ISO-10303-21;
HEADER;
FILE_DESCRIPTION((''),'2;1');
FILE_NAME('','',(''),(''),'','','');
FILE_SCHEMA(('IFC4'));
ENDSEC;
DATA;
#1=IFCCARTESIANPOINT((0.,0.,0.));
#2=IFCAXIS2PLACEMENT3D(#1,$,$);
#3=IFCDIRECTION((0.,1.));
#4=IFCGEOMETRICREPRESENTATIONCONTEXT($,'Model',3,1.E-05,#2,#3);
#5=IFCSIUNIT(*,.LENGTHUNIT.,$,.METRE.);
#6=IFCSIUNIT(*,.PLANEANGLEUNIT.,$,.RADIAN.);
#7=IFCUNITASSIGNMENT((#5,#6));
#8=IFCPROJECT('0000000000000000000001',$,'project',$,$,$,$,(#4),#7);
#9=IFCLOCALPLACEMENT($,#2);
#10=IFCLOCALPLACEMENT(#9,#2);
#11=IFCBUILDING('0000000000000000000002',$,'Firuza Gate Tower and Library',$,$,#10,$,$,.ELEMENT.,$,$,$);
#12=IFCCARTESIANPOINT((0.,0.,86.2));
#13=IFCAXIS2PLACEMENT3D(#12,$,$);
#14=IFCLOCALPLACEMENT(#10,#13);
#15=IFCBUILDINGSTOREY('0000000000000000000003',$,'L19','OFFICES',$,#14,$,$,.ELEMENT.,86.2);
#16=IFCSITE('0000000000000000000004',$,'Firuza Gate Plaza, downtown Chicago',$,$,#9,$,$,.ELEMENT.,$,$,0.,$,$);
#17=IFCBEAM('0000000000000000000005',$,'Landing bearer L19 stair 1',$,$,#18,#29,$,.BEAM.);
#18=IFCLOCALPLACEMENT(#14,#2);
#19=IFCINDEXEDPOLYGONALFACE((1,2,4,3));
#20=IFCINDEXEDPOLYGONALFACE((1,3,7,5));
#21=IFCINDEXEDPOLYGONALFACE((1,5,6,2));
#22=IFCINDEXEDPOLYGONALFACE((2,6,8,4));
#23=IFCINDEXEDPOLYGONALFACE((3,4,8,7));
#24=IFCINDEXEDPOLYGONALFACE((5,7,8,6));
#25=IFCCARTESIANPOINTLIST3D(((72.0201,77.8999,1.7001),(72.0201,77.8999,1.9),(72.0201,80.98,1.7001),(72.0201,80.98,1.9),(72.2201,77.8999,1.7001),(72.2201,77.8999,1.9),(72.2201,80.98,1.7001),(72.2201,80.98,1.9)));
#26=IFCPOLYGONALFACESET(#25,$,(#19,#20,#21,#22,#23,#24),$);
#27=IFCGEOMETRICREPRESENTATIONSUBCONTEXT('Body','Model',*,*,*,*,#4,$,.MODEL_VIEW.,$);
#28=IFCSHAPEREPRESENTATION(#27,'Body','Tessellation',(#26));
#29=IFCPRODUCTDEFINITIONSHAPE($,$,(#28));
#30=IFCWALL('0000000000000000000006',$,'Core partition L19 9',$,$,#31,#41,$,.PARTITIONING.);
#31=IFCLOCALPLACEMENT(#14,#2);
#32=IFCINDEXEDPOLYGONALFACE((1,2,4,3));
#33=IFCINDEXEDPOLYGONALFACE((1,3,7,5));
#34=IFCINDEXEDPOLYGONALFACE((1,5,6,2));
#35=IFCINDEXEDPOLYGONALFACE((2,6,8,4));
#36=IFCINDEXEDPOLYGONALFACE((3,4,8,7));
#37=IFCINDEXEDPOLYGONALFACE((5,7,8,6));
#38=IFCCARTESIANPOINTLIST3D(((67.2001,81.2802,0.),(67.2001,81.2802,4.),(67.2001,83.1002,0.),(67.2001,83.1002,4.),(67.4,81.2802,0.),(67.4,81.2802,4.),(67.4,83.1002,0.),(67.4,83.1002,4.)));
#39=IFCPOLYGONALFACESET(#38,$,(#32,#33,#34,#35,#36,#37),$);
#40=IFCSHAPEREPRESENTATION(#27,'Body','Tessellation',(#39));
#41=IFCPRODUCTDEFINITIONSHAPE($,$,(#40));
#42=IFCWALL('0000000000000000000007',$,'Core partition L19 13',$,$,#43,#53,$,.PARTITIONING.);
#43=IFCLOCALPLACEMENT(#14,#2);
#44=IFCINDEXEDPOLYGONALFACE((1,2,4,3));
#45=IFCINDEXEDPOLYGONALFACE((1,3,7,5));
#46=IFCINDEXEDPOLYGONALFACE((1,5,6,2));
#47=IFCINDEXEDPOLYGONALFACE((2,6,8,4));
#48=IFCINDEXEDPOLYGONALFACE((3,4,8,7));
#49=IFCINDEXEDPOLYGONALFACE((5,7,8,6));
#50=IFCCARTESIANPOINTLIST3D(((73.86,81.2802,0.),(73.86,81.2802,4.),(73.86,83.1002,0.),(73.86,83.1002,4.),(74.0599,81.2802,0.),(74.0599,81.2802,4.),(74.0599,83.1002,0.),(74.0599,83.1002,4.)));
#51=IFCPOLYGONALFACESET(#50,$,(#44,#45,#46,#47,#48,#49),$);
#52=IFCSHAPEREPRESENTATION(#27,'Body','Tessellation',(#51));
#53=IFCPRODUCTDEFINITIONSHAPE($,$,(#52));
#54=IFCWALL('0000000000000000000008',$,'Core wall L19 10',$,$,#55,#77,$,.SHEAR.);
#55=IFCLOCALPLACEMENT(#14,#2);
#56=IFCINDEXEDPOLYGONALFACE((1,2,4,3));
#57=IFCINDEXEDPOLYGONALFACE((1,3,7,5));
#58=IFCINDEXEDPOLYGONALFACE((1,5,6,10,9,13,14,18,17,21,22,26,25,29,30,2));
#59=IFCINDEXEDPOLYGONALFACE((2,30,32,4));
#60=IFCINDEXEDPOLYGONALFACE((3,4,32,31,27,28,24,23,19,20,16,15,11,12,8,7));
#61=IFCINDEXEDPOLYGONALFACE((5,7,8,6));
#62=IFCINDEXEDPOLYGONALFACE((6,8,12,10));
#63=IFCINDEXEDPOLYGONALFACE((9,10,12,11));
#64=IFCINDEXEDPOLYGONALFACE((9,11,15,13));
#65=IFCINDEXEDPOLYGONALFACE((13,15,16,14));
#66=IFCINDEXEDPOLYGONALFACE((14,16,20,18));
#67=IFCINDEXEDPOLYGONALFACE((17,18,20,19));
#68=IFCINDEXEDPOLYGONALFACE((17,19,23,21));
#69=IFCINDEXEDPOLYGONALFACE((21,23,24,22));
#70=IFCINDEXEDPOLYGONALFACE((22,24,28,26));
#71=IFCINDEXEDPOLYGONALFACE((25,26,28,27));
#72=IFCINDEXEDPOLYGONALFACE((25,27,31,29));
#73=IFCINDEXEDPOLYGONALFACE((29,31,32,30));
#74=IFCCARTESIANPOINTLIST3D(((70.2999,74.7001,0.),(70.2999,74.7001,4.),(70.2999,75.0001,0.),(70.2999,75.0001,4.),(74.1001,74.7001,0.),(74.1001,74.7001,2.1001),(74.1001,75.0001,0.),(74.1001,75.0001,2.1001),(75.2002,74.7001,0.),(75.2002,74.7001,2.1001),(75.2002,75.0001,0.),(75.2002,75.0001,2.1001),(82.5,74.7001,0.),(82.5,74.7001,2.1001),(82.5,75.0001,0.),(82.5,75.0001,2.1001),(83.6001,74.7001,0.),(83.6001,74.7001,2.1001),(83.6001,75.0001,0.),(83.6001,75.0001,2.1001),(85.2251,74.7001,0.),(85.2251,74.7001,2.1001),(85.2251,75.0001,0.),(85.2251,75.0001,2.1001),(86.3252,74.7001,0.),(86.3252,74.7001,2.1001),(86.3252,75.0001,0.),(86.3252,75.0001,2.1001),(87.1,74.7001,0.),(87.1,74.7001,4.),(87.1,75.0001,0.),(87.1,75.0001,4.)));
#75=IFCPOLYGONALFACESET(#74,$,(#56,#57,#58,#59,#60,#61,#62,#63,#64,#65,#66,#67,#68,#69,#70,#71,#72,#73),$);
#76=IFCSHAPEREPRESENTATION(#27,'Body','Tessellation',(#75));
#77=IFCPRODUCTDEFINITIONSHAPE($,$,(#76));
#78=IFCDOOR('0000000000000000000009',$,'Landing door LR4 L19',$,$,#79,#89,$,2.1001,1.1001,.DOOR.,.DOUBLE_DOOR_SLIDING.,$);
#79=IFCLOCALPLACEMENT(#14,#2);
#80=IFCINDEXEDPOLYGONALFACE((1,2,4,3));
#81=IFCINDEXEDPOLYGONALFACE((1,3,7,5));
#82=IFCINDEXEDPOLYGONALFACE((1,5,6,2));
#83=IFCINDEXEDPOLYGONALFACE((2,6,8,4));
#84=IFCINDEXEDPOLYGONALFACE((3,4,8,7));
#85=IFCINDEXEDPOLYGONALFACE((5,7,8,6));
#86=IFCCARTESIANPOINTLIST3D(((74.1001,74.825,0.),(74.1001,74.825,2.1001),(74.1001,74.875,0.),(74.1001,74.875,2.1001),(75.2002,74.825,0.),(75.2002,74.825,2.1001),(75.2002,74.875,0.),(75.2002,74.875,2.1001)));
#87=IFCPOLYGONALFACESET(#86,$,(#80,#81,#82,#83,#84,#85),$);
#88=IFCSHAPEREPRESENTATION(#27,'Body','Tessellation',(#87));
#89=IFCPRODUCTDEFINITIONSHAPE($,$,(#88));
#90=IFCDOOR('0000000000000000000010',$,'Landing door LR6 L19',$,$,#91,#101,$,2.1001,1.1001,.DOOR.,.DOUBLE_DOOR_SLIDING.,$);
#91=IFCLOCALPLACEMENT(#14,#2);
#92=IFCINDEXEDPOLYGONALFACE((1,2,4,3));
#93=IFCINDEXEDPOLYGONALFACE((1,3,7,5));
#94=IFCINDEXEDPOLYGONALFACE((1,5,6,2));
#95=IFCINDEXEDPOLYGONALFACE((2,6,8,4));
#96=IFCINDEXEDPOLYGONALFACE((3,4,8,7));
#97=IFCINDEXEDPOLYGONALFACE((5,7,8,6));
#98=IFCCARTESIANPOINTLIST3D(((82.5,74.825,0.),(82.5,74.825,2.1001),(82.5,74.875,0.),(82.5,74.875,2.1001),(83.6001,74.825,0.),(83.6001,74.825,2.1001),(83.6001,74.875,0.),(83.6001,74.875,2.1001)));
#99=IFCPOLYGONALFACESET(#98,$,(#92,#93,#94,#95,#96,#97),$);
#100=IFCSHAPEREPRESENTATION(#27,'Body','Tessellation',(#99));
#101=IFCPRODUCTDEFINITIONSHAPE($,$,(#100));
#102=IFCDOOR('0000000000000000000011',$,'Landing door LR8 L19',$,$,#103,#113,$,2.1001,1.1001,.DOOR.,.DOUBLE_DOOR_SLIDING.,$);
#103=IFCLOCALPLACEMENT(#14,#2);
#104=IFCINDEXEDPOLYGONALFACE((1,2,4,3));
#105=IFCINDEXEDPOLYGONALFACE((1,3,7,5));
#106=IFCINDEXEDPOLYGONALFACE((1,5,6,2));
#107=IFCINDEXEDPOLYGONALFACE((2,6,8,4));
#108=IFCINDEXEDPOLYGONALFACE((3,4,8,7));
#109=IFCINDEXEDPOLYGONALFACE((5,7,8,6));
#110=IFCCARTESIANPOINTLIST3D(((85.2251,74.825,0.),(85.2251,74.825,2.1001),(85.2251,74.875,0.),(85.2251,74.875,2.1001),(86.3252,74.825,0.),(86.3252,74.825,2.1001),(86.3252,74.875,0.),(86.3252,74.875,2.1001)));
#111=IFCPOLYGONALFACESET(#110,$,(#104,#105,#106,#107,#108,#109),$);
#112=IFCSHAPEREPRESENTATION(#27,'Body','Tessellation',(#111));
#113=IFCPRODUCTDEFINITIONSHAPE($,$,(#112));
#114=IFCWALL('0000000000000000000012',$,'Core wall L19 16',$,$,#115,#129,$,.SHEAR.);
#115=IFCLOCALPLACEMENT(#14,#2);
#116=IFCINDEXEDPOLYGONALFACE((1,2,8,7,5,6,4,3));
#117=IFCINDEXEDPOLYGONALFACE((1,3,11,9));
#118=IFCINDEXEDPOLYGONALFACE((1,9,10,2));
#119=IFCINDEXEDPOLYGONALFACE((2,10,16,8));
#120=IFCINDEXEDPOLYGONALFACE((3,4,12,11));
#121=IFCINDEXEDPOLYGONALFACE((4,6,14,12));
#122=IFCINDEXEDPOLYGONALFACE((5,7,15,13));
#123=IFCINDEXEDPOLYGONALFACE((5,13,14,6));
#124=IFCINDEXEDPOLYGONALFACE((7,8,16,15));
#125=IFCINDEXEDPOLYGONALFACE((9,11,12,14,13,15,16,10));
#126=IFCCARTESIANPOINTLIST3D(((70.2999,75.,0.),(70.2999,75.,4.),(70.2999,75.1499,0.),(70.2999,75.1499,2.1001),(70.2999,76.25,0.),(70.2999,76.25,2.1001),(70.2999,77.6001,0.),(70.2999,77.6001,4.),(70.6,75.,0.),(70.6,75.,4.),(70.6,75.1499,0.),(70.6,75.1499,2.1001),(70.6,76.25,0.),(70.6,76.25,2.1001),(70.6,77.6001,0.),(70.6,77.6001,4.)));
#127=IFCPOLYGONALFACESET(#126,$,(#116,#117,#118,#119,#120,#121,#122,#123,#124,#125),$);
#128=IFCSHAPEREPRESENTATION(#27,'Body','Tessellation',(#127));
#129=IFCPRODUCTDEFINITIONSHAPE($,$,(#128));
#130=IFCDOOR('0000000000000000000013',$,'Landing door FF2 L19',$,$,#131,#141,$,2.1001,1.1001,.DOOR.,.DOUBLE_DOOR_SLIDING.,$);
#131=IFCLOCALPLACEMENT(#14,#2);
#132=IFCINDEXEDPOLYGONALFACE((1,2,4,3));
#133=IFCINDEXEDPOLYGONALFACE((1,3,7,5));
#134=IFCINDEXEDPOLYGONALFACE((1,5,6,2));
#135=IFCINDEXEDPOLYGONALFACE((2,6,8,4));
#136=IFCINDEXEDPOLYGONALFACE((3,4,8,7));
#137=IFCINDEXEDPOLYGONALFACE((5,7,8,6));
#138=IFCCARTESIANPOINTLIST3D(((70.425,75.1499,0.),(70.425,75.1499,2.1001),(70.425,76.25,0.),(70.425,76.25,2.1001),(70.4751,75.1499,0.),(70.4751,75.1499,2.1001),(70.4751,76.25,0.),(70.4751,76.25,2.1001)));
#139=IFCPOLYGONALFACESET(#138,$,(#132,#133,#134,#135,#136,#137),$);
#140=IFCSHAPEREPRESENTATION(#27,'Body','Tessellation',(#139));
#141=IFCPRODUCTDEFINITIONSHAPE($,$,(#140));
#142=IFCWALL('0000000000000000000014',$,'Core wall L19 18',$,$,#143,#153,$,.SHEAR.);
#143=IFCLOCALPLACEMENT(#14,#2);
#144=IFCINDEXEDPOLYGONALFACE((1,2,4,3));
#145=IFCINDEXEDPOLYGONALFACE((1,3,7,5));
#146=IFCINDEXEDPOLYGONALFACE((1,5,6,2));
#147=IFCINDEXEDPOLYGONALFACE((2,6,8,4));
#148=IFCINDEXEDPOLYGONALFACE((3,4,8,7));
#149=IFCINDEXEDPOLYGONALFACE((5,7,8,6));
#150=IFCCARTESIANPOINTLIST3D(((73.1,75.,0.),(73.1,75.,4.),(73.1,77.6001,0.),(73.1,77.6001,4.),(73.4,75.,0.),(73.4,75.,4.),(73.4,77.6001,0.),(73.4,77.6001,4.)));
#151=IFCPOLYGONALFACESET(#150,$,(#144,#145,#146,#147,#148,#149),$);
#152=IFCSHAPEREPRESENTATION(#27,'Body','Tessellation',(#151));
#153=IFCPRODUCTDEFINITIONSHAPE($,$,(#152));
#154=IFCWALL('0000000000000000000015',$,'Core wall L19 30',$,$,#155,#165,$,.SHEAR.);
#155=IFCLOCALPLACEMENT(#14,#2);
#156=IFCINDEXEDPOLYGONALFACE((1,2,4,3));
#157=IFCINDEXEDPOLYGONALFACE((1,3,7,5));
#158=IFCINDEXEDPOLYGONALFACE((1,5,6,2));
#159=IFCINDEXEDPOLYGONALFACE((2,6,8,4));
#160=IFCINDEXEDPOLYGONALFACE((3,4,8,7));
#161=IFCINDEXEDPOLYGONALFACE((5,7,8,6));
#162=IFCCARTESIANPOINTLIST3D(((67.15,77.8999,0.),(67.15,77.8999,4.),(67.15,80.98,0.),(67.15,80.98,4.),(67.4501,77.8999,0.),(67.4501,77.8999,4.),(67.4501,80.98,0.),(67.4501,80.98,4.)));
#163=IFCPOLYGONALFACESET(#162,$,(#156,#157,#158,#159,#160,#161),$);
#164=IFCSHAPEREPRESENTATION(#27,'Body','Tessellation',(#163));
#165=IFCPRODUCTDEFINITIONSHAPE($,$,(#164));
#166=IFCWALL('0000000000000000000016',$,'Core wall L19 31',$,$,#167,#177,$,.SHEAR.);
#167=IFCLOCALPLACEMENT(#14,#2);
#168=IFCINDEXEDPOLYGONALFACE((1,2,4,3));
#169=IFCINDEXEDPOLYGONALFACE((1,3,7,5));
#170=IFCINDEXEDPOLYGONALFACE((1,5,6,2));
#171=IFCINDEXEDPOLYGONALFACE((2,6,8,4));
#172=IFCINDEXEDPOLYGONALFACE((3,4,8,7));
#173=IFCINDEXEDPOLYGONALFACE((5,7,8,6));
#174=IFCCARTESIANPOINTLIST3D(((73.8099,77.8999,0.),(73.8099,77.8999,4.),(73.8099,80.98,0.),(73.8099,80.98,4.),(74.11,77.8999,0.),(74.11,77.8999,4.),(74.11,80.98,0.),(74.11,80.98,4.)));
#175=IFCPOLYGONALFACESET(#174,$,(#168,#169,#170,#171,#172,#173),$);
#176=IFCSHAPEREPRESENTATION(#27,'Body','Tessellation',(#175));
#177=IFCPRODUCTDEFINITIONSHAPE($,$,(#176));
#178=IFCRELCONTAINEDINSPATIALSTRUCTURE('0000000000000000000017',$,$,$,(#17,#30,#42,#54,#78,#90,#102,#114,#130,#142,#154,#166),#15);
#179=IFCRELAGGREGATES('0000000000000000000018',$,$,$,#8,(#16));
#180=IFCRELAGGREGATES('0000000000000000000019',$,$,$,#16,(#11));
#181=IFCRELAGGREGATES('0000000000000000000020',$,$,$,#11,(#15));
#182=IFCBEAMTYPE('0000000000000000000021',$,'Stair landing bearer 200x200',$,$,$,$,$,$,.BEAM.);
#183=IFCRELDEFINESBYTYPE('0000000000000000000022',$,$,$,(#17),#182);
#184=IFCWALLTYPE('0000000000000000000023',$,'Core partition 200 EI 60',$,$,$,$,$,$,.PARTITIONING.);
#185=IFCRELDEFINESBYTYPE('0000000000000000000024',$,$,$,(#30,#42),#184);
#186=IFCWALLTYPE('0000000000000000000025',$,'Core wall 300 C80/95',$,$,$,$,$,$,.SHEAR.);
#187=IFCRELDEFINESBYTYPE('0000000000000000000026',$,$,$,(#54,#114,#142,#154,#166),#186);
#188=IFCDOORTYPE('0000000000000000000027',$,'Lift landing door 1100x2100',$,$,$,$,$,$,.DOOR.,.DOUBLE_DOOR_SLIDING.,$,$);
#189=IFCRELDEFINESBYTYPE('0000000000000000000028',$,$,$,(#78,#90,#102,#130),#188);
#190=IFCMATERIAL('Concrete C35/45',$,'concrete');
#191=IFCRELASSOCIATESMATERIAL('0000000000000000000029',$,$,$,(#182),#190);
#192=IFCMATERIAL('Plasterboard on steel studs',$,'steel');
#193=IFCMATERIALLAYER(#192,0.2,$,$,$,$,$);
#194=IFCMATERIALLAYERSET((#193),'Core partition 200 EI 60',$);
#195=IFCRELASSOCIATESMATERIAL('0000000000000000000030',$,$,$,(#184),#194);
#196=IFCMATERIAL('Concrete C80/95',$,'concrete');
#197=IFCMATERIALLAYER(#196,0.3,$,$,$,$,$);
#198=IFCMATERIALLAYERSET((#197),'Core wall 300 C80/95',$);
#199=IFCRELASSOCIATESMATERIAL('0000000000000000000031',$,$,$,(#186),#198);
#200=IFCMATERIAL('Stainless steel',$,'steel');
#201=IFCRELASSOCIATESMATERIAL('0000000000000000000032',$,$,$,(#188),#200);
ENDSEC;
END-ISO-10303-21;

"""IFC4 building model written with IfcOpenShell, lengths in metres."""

from ifc_helpers import new_model, si_unit, direction, frame, frame_2d, origin, origin_2d, place, context, subcontext, project, spatial, rectangle, extrude, material, layer, layer_set, material_profile, profile_set, type_object, element, fill, save


model = new_model("IFC4")

# Units and contexts
model_context = context("Model", 3, precision=1e-05, world=origin(), true_north=direction((0.0, 1.0)))
body_context = subcontext(model_context, "Body", "Model", "MODEL_VIEW")
ifc_project = project(units=[si_unit("LENGTHUNIT", "METRE"), si_unit("PLANEANGLEUNIT", "RADIAN")], contexts=[model_context])

# Site, building, storey
site_placement = place(None, origin())
site = spatial("IfcSite", under=ifc_project, at=site_placement, Name="Firuza Gate Plaza, downtown Chicago", CompositionType="ELEMENT", RefElevation=0.0)
building_placement = place(site_placement, origin())
building = spatial("IfcBuilding", under=site, at=building_placement, Name="Firuza Gate Tower and Library", CompositionType="ELEMENT")
storey_placement = place(building_placement, frame((0.0, 0.0, 86.2)))
storey = spatial("IfcBuildingStorey", under=building, at=storey_placement, Name="L19", Description="OFFICES", CompositionType="ELEMENT", Elevation=86.2)

# Beam
ifc_material_1 = material(Name="Concrete C35/45", Category="concrete")
ifc_material_profile = material_profile(ifc_material_1, rectangle(XDim=0.2, YDim=0.2, at=origin_2d()))
ifc_profile_set = profile_set([ifc_material_profile], Name="Concrete C35/45")
beam_type = type_object("IfcBeamType", Name="Stair landing bearer 200x200", PredefinedType="BEAM", material=ifc_profile_set)
beam_placement = place(storey_placement, frame((72.1201, 77.8999, 1.8), z_axis=(0.0, 1.0, 0.0), x_axis=(-1.0, 0.0, 0.0)))
element("IfcBeam", 1, at=beam_placement, inside=storey, type_object=beam_type, Name="Landing bearer L19 stair 1", PredefinedType="BEAM", context=body_context, shape_type="SweptSolid", body=[
    extrude(rectangle(XDim=0.2, YDim=0.2, at=origin_2d()), origin(), (0.0, 0.0, 1.0), 3.0801),
])

# Walls
ifc_material_2 = material(Name="Plasterboard on steel studs", Category="steel")
ifc_layer_1 = layer(ifc_material_2, 0.2)
ifc_layer_set_1 = layer_set([ifc_layer_1], Name="Core partition 200 EI 60")
wall_type_1 = type_object("IfcWallType", Name="Core partition 200 EI 60", PredefinedType="PARTITIONING", material=ifc_layer_set_1)
for number, where, z_axis, x_axis, name in (
    (2, (67.3, 81.28, 0.0), (0.0, 0.0, 1.0), (0.0, 1.0, 0.0), "Core partition L19 9"),
    (3, (73.96, 81.28, 0.0), (0.0, 0.0, 1.0), (0.0, 1.0, 0.0), "Core partition L19 13"),
):
    element("IfcWall", number, at=place(storey_placement, frame(where, z_axis=z_axis, x_axis=x_axis)), inside=storey, type_object=wall_type_1, Name=name, PredefinedType="PARTITIONING", context=body_context, shape_type="SweptSolid", body=[
        extrude(rectangle(XDim=1.8201, YDim=0.2, at=frame_2d((0.9102, 0.0))), origin(), (0.0, 0.0, 1.0), 4.0),
    ])

# Wall, openings, doors
ifc_material_3 = material(Name="Concrete C80/95", Category="concrete")
ifc_layer_2 = layer(ifc_material_3, 0.3)
ifc_layer_set_2 = layer_set([ifc_layer_2], Name="Core wall 300 C80/95")
wall_type_2 = type_object("IfcWallType", Name="Core wall 300 C80/95", PredefinedType="SHEAR", material=ifc_layer_set_2)
wall_1_placement = place(storey_placement, frame((70.3, 74.8501, 0.0), z_axis=(0.0, 0.0, 1.0), x_axis=(1.0, 0.0, 0.0)))
wall_1 = element("IfcWall", 4, at=wall_1_placement, inside=storey, type_object=wall_type_2, Name="Core wall L19 10", PredefinedType="SHEAR", context=body_context, shape_type="SweptSolid", body=[
    extrude(rectangle(XDim=16.8, YDim=0.3, at=frame_2d((8.3999, 0.0))), origin(), (0.0, 0.0, 1.0), 4.0),
])
opening_1_placement = place(wall_1_placement, frame((3.8, 0.0, 0.0)))
opening_1 = element("IfcOpeningElement", 5, at=opening_1_placement, cuts=wall_1, PredefinedType="OPENING", context=body_context, shape_type="SweptSolid", body=[
    extrude(rectangle(XDim=1.1001, YDim=2.1001, at=frame_2d((0.55, 1.05))), frame((0.0, 0.1602, 0.0), z_axis=(0.0, -1.0, 0.0), x_axis=(1.0, 0.0, 0.0)), (0.0, 0.0, 1.0), 0.3201),
])
opening_2_placement = place(wall_1_placement, frame((12.2, 0.0, 0.0)))
opening_2 = element("IfcOpeningElement", 6, at=opening_2_placement, cuts=wall_1, PredefinedType="OPENING", context=body_context, shape_type="SweptSolid", body=[
    extrude(rectangle(XDim=1.1001, YDim=2.1001, at=frame_2d((0.55, 1.05))), frame((0.0, 0.1602, 0.0), z_axis=(0.0, -1.0, 0.0), x_axis=(1.0, 0.0, 0.0)), (0.0, 0.0, 1.0), 0.3201),
])
opening_3_placement = place(wall_1_placement, frame((14.925, 0.0, 0.0)))
opening_3 = element("IfcOpeningElement", 7, at=opening_3_placement, cuts=wall_1, PredefinedType="OPENING", context=body_context, shape_type="SweptSolid", body=[
    extrude(rectangle(XDim=1.1001, YDim=2.1001, at=frame_2d((0.55, 1.05))), frame((0.0, 0.1602, 0.0), z_axis=(0.0, -1.0, 0.0), x_axis=(1.0, 0.0, 0.0)), (0.0, 0.0, 1.0), 0.3201),
])
ifc_material_4 = material(Name="Stainless steel", Category="steel")
door_type = type_object("IfcDoorType", Name="Lift landing door 1100x2100", OperationType="DOUBLE_DOOR_SLIDING", PredefinedType="DOOR", material=ifc_material_4)
door_1_placement = place(opening_1_placement, origin())
door_1 = element("IfcDoor", 8, at=door_1_placement, inside=storey, type_object=door_type, Name="Landing door LR4 L19", OperationType="DOUBLE_DOOR_SLIDING", OverallHeight=2.1001, OverallWidth=1.1001, PredefinedType="DOOR", context=body_context, shape_type="SweptSolid", body=[
    extrude(rectangle(XDim=1.1001, YDim=2.1001, at=frame_2d((0.55, 1.05))), frame((0.0, 0.0249, 0.0), z_axis=(0.0, -1.0, 0.0), x_axis=(1.0, 0.0, 0.0)), (0.0, 0.0, 1.0), 0.05),
])
fill(opening_1, door_1)
door_2_placement = place(opening_2_placement, origin())
door_2 = element("IfcDoor", 9, at=door_2_placement, inside=storey, type_object=door_type, Name="Landing door LR6 L19", OperationType="DOUBLE_DOOR_SLIDING", OverallHeight=2.1001, OverallWidth=1.1001, PredefinedType="DOOR", context=body_context, shape_type="SweptSolid", body=[
    extrude(rectangle(XDim=1.1001, YDim=2.1001, at=frame_2d((0.55, 1.05))), frame((0.0, 0.0249, 0.0), z_axis=(0.0, -1.0, 0.0), x_axis=(1.0, 0.0, 0.0)), (0.0, 0.0, 1.0), 0.05),
])
fill(opening_2, door_2)
door_3_placement = place(opening_3_placement, origin())
door_3 = element("IfcDoor", 10, at=door_3_placement, inside=storey, type_object=door_type, Name="Landing door LR8 L19", OperationType="DOUBLE_DOOR_SLIDING", OverallHeight=2.1001, OverallWidth=1.1001, PredefinedType="DOOR", context=body_context, shape_type="SweptSolid", body=[
    extrude(rectangle(XDim=1.1001, YDim=2.1001, at=frame_2d((0.55, 1.05))), frame((0.0, 0.0249, 0.0), z_axis=(0.0, -1.0, 0.0), x_axis=(1.0, 0.0, 0.0)), (0.0, 0.0, 1.0), 0.05),
])
fill(opening_3, door_3)

# Wall, opening, door
wall_2_placement = place(storey_placement, frame((70.45, 75.0, 0.0), z_axis=(0.0, 0.0, 1.0), x_axis=(0.0, 1.0, 0.0)))
wall_2 = element("IfcWall", 11, at=wall_2_placement, inside=storey, type_object=wall_type_2, Name="Core wall L19 16", PredefinedType="SHEAR", context=body_context, shape_type="SweptSolid", body=[
    extrude(rectangle(XDim=2.6001, YDim=0.3, at=frame_2d((1.3, 0.0))), origin(), (0.0, 0.0, 1.0), 4.0),
])
opening_4_placement = place(wall_2_placement, frame((0.1499, 0.0, 0.0)))
opening_4 = element("IfcOpeningElement", 12, at=opening_4_placement, cuts=wall_2, PredefinedType="OPENING", context=body_context, shape_type="SweptSolid", body=[
    extrude(rectangle(XDim=1.1001, YDim=2.1001, at=frame_2d((0.55, 1.05))), frame((0.0, 0.1602, 0.0), z_axis=(0.0, -1.0, 0.0), x_axis=(1.0, 0.0, 0.0)), (0.0, 0.0, 1.0), 0.3201),
])
door_4_placement = place(opening_4_placement, origin())
door_4 = element("IfcDoor", 13, at=door_4_placement, inside=storey, type_object=door_type, Name="Landing door FF2 L19", OperationType="DOUBLE_DOOR_SLIDING", OverallHeight=2.1001, OverallWidth=1.1001, PredefinedType="DOOR", context=body_context, shape_type="SweptSolid", body=[
    extrude(rectangle(XDim=1.1001, YDim=2.1001, at=frame_2d((0.55, 1.05))), frame((0.0, 0.0249, 0.0), z_axis=(0.0, -1.0, 0.0), x_axis=(1.0, 0.0, 0.0)), (0.0, 0.0, 1.0), 0.05),
])
fill(opening_4, door_4)

# Walls
wall_3_placement = place(storey_placement, frame((73.25, 75.0, 0.0), z_axis=(0.0, 0.0, 1.0), x_axis=(0.0, 1.0, 0.0)))
element("IfcWall", 14, at=wall_3_placement, inside=storey, type_object=wall_type_2, Name="Core wall L19 18", PredefinedType="SHEAR", context=body_context, shape_type="SweptSolid", body=[
    extrude(rectangle(XDim=2.6001, YDim=0.3, at=frame_2d((1.3, 0.0))), origin(), (0.0, 0.0, 1.0), 4.0),
])
for number, where, z_axis, x_axis, name in (
    (15, (67.3, 77.8999, 0.0), (0.0, 0.0, 1.0), (0.0, 1.0, 0.0), "Core wall L19 30"),
    (16, (73.96, 77.8999, 0.0), (0.0, 0.0, 1.0), (0.0, 1.0, 0.0), "Core wall L19 31"),
):
    element("IfcWall", number, at=place(storey_placement, frame(where, z_axis=z_axis, x_axis=x_axis)), inside=storey, type_object=wall_type_2, Name=name, PredefinedType="SHEAR", context=body_context, shape_type="SweptSolid", body=[
        extrude(rectangle(XDim=3.0801, YDim=0.3, at=frame_2d((1.54, 0.0))), origin(), (0.0, 0.0, 1.0), 4.0),
    ])

save(model, "model.ifc")
